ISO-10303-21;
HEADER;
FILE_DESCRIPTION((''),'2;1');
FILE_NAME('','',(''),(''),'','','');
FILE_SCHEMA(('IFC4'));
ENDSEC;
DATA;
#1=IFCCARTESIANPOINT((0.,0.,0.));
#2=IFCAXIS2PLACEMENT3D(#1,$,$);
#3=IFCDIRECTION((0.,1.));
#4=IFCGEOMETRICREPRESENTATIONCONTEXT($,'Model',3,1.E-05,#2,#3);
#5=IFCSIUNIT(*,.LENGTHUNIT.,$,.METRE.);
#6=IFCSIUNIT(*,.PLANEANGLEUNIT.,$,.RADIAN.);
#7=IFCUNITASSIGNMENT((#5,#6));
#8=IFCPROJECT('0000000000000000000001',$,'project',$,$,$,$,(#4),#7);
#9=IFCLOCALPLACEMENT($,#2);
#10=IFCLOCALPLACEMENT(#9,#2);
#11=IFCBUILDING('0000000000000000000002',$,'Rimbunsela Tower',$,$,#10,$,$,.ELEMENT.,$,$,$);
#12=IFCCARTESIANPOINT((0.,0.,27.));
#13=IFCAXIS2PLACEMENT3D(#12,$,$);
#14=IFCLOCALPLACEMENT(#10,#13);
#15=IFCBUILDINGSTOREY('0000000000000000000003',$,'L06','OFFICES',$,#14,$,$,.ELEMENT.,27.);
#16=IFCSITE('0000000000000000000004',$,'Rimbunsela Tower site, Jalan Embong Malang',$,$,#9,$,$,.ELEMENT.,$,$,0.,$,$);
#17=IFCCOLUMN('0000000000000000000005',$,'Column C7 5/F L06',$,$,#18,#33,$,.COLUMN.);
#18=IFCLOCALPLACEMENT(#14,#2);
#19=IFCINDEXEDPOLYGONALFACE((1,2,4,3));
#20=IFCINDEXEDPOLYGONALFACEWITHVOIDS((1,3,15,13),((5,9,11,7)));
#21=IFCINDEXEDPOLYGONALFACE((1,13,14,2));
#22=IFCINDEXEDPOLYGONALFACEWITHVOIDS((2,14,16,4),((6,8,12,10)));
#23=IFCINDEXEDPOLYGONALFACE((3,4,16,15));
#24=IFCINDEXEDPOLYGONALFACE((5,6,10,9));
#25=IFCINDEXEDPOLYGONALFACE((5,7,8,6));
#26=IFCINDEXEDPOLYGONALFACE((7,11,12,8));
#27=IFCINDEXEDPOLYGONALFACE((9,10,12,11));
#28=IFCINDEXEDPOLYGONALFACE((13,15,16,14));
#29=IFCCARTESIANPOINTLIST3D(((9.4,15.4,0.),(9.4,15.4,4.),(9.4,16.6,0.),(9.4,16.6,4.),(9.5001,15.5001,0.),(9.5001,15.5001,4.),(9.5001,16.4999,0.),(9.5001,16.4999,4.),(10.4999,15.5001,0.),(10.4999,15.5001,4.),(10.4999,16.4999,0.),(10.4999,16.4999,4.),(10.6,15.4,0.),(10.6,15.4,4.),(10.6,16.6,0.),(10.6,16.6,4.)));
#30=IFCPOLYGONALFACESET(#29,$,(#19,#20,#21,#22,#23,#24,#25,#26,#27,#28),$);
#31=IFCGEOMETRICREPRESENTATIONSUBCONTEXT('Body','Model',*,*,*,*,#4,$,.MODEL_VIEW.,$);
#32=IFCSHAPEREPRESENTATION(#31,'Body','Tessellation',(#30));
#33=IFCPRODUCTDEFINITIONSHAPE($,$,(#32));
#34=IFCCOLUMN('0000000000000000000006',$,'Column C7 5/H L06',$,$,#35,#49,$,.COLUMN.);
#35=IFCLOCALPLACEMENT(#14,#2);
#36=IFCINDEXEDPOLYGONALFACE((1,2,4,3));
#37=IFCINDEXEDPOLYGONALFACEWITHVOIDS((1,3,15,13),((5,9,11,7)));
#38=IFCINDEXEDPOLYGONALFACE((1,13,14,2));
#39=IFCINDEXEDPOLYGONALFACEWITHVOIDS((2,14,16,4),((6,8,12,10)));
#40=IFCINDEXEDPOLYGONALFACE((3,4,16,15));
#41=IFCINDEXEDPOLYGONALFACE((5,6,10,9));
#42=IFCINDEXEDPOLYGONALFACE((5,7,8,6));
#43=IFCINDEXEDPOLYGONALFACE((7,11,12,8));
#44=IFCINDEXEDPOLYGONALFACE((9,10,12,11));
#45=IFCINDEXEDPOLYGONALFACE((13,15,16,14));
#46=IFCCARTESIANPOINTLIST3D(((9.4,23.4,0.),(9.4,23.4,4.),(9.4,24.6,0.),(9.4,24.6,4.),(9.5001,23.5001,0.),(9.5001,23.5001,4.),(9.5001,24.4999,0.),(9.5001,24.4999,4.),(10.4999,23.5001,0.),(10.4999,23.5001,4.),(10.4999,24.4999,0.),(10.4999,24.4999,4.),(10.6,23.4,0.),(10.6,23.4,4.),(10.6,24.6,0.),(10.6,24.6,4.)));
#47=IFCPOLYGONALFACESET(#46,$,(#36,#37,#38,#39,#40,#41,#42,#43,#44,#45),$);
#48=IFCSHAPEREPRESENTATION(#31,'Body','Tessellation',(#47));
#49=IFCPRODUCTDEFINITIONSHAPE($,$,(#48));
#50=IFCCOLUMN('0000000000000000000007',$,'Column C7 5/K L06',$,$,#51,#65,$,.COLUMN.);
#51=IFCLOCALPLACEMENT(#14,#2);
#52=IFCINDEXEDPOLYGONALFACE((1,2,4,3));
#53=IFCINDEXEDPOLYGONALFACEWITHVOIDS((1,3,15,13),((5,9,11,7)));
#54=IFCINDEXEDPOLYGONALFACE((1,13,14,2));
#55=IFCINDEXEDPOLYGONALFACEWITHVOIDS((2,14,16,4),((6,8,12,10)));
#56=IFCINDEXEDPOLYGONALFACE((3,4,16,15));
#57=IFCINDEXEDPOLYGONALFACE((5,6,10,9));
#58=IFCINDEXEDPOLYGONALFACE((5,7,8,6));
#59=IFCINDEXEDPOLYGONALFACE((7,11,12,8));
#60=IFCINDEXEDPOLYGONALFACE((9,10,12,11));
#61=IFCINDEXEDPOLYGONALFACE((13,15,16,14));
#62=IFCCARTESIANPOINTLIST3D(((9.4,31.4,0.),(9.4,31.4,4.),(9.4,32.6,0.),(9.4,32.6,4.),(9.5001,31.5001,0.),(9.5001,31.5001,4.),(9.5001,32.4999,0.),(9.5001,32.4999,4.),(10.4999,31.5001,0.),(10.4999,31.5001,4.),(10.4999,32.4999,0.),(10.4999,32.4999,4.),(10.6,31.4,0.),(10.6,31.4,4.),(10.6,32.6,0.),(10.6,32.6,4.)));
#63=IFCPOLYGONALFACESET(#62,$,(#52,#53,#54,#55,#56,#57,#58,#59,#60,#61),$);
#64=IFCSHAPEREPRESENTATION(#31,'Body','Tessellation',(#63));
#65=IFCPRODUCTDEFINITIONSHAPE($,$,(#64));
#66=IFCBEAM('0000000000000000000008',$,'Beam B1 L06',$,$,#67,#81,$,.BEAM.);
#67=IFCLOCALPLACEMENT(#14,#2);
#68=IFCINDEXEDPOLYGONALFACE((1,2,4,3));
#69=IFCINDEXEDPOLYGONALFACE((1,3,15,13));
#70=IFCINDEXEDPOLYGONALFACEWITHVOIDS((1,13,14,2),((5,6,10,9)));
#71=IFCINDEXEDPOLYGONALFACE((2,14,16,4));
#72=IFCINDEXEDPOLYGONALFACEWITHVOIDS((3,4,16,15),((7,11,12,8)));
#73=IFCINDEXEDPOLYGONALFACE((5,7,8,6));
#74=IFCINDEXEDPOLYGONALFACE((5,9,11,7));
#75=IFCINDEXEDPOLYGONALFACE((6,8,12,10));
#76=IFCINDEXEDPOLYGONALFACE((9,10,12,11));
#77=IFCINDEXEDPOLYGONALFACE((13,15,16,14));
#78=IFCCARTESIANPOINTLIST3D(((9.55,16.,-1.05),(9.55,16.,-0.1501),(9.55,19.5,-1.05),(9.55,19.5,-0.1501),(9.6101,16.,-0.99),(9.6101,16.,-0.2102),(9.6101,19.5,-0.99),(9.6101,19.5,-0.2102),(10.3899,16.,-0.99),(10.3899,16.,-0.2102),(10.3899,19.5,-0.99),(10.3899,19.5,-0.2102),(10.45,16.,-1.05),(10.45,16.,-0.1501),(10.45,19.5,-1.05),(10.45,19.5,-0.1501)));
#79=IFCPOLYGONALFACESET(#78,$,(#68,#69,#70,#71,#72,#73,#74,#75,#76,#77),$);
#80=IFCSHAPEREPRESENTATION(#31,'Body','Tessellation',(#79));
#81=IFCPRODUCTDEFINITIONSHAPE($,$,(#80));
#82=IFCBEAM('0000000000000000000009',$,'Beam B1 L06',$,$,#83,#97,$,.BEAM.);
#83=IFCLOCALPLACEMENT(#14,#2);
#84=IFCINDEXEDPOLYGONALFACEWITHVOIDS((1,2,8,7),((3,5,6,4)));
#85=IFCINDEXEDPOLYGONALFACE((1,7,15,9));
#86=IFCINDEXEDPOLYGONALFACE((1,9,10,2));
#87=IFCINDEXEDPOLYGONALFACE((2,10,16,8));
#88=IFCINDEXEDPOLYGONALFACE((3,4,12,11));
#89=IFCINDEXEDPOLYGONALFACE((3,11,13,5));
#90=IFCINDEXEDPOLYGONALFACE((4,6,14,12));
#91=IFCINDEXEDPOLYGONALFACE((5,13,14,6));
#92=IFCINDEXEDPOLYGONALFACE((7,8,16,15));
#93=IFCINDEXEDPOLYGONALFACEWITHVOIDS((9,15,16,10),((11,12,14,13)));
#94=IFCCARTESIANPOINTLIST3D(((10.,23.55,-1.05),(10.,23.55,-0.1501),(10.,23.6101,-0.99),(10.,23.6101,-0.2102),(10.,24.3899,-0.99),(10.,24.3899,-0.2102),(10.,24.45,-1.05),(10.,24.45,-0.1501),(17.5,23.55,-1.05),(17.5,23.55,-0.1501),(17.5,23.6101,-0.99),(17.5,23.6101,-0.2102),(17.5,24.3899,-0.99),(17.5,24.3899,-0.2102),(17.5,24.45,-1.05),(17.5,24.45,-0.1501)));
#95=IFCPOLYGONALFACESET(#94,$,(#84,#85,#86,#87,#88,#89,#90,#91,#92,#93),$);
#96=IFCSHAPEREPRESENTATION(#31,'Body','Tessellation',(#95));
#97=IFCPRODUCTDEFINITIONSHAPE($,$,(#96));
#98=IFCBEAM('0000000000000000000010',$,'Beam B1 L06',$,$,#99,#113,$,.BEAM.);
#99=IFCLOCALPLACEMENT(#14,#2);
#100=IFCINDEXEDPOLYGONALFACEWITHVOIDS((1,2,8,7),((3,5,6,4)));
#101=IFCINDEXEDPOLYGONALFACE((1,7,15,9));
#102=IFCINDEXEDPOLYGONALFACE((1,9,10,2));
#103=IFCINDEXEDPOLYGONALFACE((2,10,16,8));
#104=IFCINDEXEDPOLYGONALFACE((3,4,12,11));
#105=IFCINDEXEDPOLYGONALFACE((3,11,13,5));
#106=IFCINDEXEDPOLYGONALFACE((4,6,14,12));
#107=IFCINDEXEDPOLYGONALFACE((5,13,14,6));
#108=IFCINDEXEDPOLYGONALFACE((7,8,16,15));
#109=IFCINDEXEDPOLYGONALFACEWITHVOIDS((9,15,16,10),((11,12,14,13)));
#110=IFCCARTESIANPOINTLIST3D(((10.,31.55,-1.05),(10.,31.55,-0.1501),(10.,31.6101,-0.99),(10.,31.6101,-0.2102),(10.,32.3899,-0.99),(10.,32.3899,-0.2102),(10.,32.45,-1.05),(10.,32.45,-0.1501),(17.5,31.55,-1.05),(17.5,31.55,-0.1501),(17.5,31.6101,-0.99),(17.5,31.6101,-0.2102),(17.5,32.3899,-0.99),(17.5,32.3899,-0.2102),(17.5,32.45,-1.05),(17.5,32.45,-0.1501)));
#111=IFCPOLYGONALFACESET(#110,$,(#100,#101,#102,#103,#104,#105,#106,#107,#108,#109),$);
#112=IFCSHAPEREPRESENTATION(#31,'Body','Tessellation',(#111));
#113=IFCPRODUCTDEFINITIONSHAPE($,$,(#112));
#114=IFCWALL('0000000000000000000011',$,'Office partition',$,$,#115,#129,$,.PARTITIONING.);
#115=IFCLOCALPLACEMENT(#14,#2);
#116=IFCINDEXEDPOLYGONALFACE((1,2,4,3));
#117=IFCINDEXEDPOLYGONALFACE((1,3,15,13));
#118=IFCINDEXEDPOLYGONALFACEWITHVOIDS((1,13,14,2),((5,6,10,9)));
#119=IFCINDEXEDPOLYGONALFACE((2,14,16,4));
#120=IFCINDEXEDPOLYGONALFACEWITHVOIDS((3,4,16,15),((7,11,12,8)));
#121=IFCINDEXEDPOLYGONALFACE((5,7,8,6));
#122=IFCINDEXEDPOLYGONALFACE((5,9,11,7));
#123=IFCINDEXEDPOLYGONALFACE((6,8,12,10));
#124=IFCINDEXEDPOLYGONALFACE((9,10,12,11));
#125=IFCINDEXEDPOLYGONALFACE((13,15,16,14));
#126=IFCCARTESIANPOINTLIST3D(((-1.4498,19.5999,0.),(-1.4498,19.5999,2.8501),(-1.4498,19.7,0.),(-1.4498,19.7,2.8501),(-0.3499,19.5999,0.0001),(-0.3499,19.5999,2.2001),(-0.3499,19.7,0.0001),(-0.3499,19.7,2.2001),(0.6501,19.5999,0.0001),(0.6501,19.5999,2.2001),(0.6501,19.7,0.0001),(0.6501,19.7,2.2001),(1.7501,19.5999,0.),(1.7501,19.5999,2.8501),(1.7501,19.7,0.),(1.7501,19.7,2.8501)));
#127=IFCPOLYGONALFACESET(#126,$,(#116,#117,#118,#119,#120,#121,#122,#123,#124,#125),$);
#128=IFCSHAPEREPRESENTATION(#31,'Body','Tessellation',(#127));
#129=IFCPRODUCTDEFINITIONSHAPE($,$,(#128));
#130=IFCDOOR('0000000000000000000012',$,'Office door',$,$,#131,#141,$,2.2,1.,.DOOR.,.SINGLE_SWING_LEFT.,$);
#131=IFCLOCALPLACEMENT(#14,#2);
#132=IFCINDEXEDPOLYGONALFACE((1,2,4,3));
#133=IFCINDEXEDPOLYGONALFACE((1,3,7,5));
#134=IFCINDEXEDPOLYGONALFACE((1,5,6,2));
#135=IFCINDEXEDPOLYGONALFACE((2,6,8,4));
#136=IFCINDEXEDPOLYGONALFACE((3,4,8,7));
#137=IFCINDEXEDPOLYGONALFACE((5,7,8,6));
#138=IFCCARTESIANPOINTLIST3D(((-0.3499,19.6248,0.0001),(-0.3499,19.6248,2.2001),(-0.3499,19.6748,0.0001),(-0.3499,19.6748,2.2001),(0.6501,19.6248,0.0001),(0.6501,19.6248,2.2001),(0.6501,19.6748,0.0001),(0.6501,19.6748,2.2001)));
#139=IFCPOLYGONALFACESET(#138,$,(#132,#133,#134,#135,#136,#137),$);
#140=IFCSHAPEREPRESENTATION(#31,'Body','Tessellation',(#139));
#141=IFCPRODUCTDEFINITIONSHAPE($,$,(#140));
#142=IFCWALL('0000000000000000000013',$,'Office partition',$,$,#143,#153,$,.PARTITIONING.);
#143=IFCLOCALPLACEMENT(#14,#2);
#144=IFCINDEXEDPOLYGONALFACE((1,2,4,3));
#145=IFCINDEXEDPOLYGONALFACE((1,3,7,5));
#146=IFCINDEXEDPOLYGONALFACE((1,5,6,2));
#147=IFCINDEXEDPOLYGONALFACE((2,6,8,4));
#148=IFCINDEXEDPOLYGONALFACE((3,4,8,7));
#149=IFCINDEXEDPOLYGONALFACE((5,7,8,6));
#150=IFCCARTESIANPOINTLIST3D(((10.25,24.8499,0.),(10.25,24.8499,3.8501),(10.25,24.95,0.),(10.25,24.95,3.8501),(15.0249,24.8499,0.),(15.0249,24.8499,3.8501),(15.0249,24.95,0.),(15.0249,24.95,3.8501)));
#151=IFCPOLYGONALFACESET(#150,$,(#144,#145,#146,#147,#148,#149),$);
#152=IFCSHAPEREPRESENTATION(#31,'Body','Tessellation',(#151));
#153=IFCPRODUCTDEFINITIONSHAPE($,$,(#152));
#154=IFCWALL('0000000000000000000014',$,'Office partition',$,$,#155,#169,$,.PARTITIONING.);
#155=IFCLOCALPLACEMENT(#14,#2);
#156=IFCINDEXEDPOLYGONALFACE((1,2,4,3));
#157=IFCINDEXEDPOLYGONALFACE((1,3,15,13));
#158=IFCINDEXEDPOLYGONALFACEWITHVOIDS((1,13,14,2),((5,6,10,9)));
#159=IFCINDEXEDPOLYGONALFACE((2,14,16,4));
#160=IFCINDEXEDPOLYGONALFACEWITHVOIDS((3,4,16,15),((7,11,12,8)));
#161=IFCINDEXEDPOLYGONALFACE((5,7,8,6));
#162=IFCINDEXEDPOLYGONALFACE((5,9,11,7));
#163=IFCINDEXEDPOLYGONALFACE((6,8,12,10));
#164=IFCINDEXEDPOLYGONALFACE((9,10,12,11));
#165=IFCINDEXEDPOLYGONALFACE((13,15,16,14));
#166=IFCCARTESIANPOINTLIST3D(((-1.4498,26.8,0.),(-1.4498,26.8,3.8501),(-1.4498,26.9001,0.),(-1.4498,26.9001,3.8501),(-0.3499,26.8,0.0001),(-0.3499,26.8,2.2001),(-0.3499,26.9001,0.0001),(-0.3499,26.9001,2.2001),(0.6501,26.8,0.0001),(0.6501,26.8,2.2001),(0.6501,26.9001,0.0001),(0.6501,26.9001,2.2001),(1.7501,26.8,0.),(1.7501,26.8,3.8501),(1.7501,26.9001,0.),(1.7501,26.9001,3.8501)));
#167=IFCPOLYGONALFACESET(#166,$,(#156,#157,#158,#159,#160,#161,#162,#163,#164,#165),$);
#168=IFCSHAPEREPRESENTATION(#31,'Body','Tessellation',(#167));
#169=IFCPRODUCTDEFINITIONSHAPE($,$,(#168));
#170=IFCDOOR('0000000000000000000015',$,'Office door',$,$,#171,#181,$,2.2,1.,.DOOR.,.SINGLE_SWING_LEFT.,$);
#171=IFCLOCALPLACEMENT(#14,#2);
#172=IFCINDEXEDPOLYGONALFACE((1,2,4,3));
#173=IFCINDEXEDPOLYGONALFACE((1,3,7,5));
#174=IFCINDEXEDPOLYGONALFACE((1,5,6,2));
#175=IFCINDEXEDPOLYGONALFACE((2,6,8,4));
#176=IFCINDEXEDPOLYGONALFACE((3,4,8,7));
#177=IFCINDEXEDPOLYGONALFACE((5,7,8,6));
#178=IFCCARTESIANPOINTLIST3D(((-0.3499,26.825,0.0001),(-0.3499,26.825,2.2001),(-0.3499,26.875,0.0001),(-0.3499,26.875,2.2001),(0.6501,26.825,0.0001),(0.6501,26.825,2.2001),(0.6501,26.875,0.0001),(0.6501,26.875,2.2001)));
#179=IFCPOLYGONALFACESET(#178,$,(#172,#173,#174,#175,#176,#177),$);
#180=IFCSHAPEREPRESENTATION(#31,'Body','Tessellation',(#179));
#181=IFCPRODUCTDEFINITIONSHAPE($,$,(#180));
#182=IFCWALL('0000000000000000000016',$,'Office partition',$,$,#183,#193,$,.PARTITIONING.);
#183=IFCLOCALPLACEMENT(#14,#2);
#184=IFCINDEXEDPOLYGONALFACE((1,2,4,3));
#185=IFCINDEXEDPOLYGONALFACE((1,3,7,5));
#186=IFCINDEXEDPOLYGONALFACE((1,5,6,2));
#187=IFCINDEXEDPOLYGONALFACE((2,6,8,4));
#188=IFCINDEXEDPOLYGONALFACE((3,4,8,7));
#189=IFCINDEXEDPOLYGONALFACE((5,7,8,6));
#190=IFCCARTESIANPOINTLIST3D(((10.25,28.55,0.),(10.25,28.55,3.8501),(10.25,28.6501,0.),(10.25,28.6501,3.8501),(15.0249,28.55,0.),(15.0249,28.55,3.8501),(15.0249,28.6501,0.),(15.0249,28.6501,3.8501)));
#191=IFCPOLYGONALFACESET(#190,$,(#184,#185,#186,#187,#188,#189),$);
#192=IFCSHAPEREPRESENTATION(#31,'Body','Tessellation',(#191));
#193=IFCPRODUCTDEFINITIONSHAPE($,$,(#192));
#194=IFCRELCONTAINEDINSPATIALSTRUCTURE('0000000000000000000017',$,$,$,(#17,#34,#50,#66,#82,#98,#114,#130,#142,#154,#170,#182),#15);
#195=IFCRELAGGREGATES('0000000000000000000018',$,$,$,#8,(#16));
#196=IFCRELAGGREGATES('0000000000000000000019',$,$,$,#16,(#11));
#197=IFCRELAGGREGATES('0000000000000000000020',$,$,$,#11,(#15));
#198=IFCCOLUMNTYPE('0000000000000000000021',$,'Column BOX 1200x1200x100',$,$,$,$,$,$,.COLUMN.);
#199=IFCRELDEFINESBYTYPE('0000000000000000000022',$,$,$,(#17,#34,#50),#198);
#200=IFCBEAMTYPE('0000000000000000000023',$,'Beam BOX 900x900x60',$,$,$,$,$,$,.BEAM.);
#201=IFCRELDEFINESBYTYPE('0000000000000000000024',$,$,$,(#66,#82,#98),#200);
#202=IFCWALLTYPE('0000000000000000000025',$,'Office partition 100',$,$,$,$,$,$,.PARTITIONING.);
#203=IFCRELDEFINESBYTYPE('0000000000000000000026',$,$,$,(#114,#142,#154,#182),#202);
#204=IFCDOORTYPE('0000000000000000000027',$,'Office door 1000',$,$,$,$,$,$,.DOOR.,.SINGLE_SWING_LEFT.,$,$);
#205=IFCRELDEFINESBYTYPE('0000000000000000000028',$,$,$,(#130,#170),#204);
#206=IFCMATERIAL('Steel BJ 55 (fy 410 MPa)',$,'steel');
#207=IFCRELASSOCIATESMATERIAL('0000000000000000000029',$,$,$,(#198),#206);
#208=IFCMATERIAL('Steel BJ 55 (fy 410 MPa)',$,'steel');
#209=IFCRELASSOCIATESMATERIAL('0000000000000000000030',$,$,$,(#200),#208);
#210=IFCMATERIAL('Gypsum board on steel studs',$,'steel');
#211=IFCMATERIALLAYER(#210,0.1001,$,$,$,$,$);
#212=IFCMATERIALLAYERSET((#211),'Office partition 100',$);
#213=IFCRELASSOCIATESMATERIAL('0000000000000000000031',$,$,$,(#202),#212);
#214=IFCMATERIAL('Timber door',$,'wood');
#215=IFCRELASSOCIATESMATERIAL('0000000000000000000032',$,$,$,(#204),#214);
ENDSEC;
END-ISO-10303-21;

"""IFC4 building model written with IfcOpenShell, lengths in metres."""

from ifc_helpers import new_model, si_unit, direction, frame, frame_2d, origin, origin_2d, place, context, subcontext, project, spatial, rectangle, hollow_rectangle, extrude, material, layer, layer_set, material_profile, profile_set, type_object, element, fill, save


model = new_model("IFC4")

# Units and contexts
model_context = context("Model", 3, precision=1e-05, world=origin(), true_north=direction((0.0, 1.0)))
body_context = subcontext(model_context, "Body", "Model", "MODEL_VIEW")
ifc_project = project(units=[si_unit("LENGTHUNIT", "METRE"), si_unit("PLANEANGLEUNIT", "RADIAN")], contexts=[model_context])

# Site, building, storey
site_placement = place(None, origin())
site = spatial("IfcSite", under=ifc_project, at=site_placement, Name="Rimbunsela Tower site, Jalan Embong Malang", CompositionType="ELEMENT", RefElevation=0.0)
building_placement = place(site_placement, origin())
building = spatial("IfcBuilding", under=site, at=building_placement, Name="Rimbunsela Tower", CompositionType="ELEMENT")
storey_placement = place(building_placement, frame((0.0, 0.0, 27.0)))
storey = spatial("IfcBuildingStorey", under=building, at=storey_placement, Name="L06", Description="OFFICES", CompositionType="ELEMENT", Elevation=27.0)

# Columns
ifc_material_1 = material(Name="Steel BJ 55 (fy 410 MPa)", Category="steel")
ifc_material_profile_1 = material_profile(ifc_material_1, hollow_rectangle(XDim=1.2, YDim=1.2, WallThickness=0.1001, at=origin_2d()), Name="BOX 1200x1200x100")
ifc_profile_set_1 = profile_set([ifc_material_profile_1], Name="Steel BJ 55 (fy 410 MPa)")
column_type = type_object("IfcColumnType", Name="Column BOX 1200x1200x100", PredefinedType="COLUMN", material=ifc_profile_set_1)
for number, where, z_axis, x_axis, name in (
    (1, (10.0, 16.0, 0.0), (0.0, 0.0, 1.0), (1.0, 0.0, 0.0), "Column C7 5/F L06"),
    (2, (10.0, 24.0, 0.0), (0.0, 0.0, 1.0), (1.0, 0.0, 0.0), "Column C7 5/H L06"),
    (3, (10.0, 32.0, 0.0), (0.0, 0.0, 1.0), (1.0, 0.0, 0.0), "Column C7 5/K L06"),
):
    element("IfcColumn", number, at=place(storey_placement, frame(where, z_axis=z_axis, x_axis=x_axis)), inside=storey, type_object=column_type, Name=name, PredefinedType="COLUMN", context=body_context, shape_type="SweptSolid", body=[
        extrude(hollow_rectangle(XDim=1.2, YDim=1.2, WallThickness=0.1001, at=origin_2d()), origin(), (0.0, 0.0, 1.0), 4.0),
    ])

# Beams
ifc_material_2 = material(Name="Steel BJ 55 (fy 410 MPa)", Category="steel")
ifc_material_profile_2 = material_profile(ifc_material_2, hollow_rectangle(XDim=0.8999, YDim=0.8999, WallThickness=0.0601, at=origin_2d()), Name="BOX 900x900x60")
ifc_profile_set_2 = profile_set([ifc_material_profile_2], Name="Steel BJ 55 (fy 410 MPa)")
beam_type = type_object("IfcBeamType", Name="Beam BOX 900x900x60", PredefinedType="BEAM", material=ifc_profile_set_2)
beam_placement = place(storey_placement, frame((10.0, 16.0, -0.6001), z_axis=(0.0, 1.0, 0.0), x_axis=(-1.0, 0.0, 0.0)))
element("IfcBeam", 4, at=beam_placement, inside=storey, type_object=beam_type, Name="Beam B1 L06", PredefinedType="BEAM", context=body_context, shape_type="SweptSolid", body=[
    extrude(hollow_rectangle(XDim=0.8999, YDim=0.8999, WallThickness=0.0601, at=origin_2d()), origin(), (0.0, 0.0, 1.0), 3.5),
])
for number, where, z_axis, x_axis, name in (
    (5, (10.0, 24.0, -0.6001), (1.0, 0.0, 0.0), (0.0, 1.0, 0.0), "Beam B1 L06"),
    (6, (10.0, 32.0, -0.6001), (1.0, 0.0, 0.0), (0.0, 1.0, 0.0), "Beam B1 L06"),
):
    element("IfcBeam", number, at=place(storey_placement, frame(where, z_axis=z_axis, x_axis=x_axis)), inside=storey, type_object=beam_type, Name=name, PredefinedType="BEAM", context=body_context, shape_type="SweptSolid", body=[
        extrude(hollow_rectangle(XDim=0.8999, YDim=0.8999, WallThickness=0.0601, at=origin_2d()), origin(), (0.0, 0.0, 1.0), 7.5),
    ])

# Wall, opening, door
ifc_material_3 = material(Name="Gypsum board on steel studs", Category="steel")
ifc_layer_1 = layer(ifc_material_3, 0.1001)
ifc_layer_set_1 = layer_set([ifc_layer_1], Name="Office partition 100")
wall_type_1 = type_object("IfcWallType", Name="Office partition 100", PredefinedType="PARTITIONING", material=ifc_layer_set_1)
wall_1_placement = place(storey_placement, frame((-1.45, 19.6499, 0.0), z_axis=(0.0, 0.0, 1.0), x_axis=(1.0, 0.0, 0.0)))
wall_1 = element("IfcWall", 7, at=wall_1_placement, inside=storey, type_object=wall_type_1, Name="Office partition", PredefinedType="PARTITIONING", context=body_context, shape_type="SweptSolid", body=[
    extrude(rectangle(XDim=3.2, YDim=0.1001, at=frame_2d((1.6001, 0.0))), origin(), (0.0, 0.0, 1.0), 2.8501),
])
opening_1_placement = place(wall_1_placement, frame((1.1001, 0.0, 0.0)))
opening_1 = element("IfcOpeningElement", 8, at=opening_1_placement, cuts=wall_1, PredefinedType="OPENING", context=body_context, shape_type="SweptSolid", body=[
    extrude(rectangle(XDim=1.0, YDim=2.2, at=frame_2d((0.5, 1.1001))), frame((0.0, 0.0601, 0.0), z_axis=(0.0, -1.0, 0.0), x_axis=(1.0, 0.0, 0.0)), (0.0, 0.0, 1.0), 0.1201),
])
ifc_material_4 = material(Name="Timber door", Category="wood")
door_type_1 = type_object("IfcDoorType", Name="Office door 1000", OperationType="SINGLE_SWING_LEFT", PredefinedType="DOOR", material=ifc_material_4)
door_1_placement = place(opening_1_placement, origin())
door_1 = element("IfcDoor", 9, at=door_1_placement, inside=storey, type_object=door_type_1, Name="Office door", OperationType="SINGLE_SWING_LEFT", OverallHeight=2.2, OverallWidth=1.0, PredefinedType="DOOR", context=body_context, shape_type="SweptSolid", body=[
    extrude(rectangle(XDim=1.0, YDim=2.2, at=frame_2d((0.5, 1.1001))), frame((0.0, 0.0249, 0.0), z_axis=(0.0, -1.0, 0.0), x_axis=(1.0, 0.0, 0.0)), (0.0, 0.0, 1.0), 0.05),
])
fill(opening_1, door_1)

# Wall
wall_2_placement = place(storey_placement, frame((10.25, 24.8999, 0.0), z_axis=(0.0, 0.0, 1.0), x_axis=(1.0, 0.0, 0.0)))
element("IfcWall", 10, at=wall_2_placement, inside=storey, type_object=wall_type_1, Name="Office partition", PredefinedType="PARTITIONING", context=body_context, shape_type="SweptSolid", body=[
    extrude(rectangle(XDim=4.7749, YDim=0.1001, at=frame_2d((2.3875, 0.0))), origin(), (0.0, 0.0, 1.0), 3.8501),
])

# Wall, opening, door
wall_3_placement = place(storey_placement, frame((-1.45, 26.8501, 0.0), z_axis=(0.0, 0.0, 1.0), x_axis=(1.0, 0.0, 0.0)))
wall_3 = element("IfcWall", 11, at=wall_3_placement, inside=storey, type_object=wall_type_1, Name="Office partition", PredefinedType="PARTITIONING", context=body_context, shape_type="SweptSolid", body=[
    extrude(rectangle(XDim=3.2, YDim=0.1001, at=frame_2d((1.6001, 0.0))), origin(), (0.0, 0.0, 1.0), 3.8501),
])
opening_2_placement = place(wall_3_placement, frame((1.1001, 0.0, 0.0)))
opening_2 = element("IfcOpeningElement", 12, at=opening_2_placement, cuts=wall_3, PredefinedType="OPENING", context=body_context, shape_type="SweptSolid", body=[
    extrude(rectangle(XDim=1.0, YDim=2.2, at=frame_2d((0.5, 1.1001))), frame((0.0, 0.0601, 0.0), z_axis=(0.0, -1.0, 0.0), x_axis=(1.0, 0.0, 0.0)), (0.0, 0.0, 1.0), 0.1201),
])
door_2_placement = place(opening_2_placement, origin())
door_2 = element("IfcDoor", 13, at=door_2_placement, inside=storey, type_object=door_type_1, Name="Office door", OperationType="SINGLE_SWING_LEFT", OverallHeight=2.2, OverallWidth=1.0, PredefinedType="DOOR", context=body_context, shape_type="SweptSolid", body=[
    extrude(rectangle(XDim=1.0, YDim=2.2, at=frame_2d((0.5, 1.1001))), frame((0.0, 0.0249, 0.0), z_axis=(0.0, -1.0, 0.0), x_axis=(1.0, 0.0, 0.0)), (0.0, 0.0, 1.0), 0.05),
])
fill(opening_2, door_2)

# Wall
wall_4_placement = place(storey_placement, frame((10.25, 28.6001, 0.0), z_axis=(0.0, 0.0, 1.0), x_axis=(1.0, 0.0, 0.0)))
element("IfcWall", 14, at=wall_4_placement, inside=storey, type_object=wall_type_1, Name="Office partition", PredefinedType="PARTITIONING", context=body_context, shape_type="SweptSolid", body=[
    extrude(rectangle(XDim=4.7749, YDim=0.1001, at=frame_2d((2.3875, 0.0))), origin(), (0.0, 0.0, 1.0), 3.8501),
])

save(model, "model.ifc")
